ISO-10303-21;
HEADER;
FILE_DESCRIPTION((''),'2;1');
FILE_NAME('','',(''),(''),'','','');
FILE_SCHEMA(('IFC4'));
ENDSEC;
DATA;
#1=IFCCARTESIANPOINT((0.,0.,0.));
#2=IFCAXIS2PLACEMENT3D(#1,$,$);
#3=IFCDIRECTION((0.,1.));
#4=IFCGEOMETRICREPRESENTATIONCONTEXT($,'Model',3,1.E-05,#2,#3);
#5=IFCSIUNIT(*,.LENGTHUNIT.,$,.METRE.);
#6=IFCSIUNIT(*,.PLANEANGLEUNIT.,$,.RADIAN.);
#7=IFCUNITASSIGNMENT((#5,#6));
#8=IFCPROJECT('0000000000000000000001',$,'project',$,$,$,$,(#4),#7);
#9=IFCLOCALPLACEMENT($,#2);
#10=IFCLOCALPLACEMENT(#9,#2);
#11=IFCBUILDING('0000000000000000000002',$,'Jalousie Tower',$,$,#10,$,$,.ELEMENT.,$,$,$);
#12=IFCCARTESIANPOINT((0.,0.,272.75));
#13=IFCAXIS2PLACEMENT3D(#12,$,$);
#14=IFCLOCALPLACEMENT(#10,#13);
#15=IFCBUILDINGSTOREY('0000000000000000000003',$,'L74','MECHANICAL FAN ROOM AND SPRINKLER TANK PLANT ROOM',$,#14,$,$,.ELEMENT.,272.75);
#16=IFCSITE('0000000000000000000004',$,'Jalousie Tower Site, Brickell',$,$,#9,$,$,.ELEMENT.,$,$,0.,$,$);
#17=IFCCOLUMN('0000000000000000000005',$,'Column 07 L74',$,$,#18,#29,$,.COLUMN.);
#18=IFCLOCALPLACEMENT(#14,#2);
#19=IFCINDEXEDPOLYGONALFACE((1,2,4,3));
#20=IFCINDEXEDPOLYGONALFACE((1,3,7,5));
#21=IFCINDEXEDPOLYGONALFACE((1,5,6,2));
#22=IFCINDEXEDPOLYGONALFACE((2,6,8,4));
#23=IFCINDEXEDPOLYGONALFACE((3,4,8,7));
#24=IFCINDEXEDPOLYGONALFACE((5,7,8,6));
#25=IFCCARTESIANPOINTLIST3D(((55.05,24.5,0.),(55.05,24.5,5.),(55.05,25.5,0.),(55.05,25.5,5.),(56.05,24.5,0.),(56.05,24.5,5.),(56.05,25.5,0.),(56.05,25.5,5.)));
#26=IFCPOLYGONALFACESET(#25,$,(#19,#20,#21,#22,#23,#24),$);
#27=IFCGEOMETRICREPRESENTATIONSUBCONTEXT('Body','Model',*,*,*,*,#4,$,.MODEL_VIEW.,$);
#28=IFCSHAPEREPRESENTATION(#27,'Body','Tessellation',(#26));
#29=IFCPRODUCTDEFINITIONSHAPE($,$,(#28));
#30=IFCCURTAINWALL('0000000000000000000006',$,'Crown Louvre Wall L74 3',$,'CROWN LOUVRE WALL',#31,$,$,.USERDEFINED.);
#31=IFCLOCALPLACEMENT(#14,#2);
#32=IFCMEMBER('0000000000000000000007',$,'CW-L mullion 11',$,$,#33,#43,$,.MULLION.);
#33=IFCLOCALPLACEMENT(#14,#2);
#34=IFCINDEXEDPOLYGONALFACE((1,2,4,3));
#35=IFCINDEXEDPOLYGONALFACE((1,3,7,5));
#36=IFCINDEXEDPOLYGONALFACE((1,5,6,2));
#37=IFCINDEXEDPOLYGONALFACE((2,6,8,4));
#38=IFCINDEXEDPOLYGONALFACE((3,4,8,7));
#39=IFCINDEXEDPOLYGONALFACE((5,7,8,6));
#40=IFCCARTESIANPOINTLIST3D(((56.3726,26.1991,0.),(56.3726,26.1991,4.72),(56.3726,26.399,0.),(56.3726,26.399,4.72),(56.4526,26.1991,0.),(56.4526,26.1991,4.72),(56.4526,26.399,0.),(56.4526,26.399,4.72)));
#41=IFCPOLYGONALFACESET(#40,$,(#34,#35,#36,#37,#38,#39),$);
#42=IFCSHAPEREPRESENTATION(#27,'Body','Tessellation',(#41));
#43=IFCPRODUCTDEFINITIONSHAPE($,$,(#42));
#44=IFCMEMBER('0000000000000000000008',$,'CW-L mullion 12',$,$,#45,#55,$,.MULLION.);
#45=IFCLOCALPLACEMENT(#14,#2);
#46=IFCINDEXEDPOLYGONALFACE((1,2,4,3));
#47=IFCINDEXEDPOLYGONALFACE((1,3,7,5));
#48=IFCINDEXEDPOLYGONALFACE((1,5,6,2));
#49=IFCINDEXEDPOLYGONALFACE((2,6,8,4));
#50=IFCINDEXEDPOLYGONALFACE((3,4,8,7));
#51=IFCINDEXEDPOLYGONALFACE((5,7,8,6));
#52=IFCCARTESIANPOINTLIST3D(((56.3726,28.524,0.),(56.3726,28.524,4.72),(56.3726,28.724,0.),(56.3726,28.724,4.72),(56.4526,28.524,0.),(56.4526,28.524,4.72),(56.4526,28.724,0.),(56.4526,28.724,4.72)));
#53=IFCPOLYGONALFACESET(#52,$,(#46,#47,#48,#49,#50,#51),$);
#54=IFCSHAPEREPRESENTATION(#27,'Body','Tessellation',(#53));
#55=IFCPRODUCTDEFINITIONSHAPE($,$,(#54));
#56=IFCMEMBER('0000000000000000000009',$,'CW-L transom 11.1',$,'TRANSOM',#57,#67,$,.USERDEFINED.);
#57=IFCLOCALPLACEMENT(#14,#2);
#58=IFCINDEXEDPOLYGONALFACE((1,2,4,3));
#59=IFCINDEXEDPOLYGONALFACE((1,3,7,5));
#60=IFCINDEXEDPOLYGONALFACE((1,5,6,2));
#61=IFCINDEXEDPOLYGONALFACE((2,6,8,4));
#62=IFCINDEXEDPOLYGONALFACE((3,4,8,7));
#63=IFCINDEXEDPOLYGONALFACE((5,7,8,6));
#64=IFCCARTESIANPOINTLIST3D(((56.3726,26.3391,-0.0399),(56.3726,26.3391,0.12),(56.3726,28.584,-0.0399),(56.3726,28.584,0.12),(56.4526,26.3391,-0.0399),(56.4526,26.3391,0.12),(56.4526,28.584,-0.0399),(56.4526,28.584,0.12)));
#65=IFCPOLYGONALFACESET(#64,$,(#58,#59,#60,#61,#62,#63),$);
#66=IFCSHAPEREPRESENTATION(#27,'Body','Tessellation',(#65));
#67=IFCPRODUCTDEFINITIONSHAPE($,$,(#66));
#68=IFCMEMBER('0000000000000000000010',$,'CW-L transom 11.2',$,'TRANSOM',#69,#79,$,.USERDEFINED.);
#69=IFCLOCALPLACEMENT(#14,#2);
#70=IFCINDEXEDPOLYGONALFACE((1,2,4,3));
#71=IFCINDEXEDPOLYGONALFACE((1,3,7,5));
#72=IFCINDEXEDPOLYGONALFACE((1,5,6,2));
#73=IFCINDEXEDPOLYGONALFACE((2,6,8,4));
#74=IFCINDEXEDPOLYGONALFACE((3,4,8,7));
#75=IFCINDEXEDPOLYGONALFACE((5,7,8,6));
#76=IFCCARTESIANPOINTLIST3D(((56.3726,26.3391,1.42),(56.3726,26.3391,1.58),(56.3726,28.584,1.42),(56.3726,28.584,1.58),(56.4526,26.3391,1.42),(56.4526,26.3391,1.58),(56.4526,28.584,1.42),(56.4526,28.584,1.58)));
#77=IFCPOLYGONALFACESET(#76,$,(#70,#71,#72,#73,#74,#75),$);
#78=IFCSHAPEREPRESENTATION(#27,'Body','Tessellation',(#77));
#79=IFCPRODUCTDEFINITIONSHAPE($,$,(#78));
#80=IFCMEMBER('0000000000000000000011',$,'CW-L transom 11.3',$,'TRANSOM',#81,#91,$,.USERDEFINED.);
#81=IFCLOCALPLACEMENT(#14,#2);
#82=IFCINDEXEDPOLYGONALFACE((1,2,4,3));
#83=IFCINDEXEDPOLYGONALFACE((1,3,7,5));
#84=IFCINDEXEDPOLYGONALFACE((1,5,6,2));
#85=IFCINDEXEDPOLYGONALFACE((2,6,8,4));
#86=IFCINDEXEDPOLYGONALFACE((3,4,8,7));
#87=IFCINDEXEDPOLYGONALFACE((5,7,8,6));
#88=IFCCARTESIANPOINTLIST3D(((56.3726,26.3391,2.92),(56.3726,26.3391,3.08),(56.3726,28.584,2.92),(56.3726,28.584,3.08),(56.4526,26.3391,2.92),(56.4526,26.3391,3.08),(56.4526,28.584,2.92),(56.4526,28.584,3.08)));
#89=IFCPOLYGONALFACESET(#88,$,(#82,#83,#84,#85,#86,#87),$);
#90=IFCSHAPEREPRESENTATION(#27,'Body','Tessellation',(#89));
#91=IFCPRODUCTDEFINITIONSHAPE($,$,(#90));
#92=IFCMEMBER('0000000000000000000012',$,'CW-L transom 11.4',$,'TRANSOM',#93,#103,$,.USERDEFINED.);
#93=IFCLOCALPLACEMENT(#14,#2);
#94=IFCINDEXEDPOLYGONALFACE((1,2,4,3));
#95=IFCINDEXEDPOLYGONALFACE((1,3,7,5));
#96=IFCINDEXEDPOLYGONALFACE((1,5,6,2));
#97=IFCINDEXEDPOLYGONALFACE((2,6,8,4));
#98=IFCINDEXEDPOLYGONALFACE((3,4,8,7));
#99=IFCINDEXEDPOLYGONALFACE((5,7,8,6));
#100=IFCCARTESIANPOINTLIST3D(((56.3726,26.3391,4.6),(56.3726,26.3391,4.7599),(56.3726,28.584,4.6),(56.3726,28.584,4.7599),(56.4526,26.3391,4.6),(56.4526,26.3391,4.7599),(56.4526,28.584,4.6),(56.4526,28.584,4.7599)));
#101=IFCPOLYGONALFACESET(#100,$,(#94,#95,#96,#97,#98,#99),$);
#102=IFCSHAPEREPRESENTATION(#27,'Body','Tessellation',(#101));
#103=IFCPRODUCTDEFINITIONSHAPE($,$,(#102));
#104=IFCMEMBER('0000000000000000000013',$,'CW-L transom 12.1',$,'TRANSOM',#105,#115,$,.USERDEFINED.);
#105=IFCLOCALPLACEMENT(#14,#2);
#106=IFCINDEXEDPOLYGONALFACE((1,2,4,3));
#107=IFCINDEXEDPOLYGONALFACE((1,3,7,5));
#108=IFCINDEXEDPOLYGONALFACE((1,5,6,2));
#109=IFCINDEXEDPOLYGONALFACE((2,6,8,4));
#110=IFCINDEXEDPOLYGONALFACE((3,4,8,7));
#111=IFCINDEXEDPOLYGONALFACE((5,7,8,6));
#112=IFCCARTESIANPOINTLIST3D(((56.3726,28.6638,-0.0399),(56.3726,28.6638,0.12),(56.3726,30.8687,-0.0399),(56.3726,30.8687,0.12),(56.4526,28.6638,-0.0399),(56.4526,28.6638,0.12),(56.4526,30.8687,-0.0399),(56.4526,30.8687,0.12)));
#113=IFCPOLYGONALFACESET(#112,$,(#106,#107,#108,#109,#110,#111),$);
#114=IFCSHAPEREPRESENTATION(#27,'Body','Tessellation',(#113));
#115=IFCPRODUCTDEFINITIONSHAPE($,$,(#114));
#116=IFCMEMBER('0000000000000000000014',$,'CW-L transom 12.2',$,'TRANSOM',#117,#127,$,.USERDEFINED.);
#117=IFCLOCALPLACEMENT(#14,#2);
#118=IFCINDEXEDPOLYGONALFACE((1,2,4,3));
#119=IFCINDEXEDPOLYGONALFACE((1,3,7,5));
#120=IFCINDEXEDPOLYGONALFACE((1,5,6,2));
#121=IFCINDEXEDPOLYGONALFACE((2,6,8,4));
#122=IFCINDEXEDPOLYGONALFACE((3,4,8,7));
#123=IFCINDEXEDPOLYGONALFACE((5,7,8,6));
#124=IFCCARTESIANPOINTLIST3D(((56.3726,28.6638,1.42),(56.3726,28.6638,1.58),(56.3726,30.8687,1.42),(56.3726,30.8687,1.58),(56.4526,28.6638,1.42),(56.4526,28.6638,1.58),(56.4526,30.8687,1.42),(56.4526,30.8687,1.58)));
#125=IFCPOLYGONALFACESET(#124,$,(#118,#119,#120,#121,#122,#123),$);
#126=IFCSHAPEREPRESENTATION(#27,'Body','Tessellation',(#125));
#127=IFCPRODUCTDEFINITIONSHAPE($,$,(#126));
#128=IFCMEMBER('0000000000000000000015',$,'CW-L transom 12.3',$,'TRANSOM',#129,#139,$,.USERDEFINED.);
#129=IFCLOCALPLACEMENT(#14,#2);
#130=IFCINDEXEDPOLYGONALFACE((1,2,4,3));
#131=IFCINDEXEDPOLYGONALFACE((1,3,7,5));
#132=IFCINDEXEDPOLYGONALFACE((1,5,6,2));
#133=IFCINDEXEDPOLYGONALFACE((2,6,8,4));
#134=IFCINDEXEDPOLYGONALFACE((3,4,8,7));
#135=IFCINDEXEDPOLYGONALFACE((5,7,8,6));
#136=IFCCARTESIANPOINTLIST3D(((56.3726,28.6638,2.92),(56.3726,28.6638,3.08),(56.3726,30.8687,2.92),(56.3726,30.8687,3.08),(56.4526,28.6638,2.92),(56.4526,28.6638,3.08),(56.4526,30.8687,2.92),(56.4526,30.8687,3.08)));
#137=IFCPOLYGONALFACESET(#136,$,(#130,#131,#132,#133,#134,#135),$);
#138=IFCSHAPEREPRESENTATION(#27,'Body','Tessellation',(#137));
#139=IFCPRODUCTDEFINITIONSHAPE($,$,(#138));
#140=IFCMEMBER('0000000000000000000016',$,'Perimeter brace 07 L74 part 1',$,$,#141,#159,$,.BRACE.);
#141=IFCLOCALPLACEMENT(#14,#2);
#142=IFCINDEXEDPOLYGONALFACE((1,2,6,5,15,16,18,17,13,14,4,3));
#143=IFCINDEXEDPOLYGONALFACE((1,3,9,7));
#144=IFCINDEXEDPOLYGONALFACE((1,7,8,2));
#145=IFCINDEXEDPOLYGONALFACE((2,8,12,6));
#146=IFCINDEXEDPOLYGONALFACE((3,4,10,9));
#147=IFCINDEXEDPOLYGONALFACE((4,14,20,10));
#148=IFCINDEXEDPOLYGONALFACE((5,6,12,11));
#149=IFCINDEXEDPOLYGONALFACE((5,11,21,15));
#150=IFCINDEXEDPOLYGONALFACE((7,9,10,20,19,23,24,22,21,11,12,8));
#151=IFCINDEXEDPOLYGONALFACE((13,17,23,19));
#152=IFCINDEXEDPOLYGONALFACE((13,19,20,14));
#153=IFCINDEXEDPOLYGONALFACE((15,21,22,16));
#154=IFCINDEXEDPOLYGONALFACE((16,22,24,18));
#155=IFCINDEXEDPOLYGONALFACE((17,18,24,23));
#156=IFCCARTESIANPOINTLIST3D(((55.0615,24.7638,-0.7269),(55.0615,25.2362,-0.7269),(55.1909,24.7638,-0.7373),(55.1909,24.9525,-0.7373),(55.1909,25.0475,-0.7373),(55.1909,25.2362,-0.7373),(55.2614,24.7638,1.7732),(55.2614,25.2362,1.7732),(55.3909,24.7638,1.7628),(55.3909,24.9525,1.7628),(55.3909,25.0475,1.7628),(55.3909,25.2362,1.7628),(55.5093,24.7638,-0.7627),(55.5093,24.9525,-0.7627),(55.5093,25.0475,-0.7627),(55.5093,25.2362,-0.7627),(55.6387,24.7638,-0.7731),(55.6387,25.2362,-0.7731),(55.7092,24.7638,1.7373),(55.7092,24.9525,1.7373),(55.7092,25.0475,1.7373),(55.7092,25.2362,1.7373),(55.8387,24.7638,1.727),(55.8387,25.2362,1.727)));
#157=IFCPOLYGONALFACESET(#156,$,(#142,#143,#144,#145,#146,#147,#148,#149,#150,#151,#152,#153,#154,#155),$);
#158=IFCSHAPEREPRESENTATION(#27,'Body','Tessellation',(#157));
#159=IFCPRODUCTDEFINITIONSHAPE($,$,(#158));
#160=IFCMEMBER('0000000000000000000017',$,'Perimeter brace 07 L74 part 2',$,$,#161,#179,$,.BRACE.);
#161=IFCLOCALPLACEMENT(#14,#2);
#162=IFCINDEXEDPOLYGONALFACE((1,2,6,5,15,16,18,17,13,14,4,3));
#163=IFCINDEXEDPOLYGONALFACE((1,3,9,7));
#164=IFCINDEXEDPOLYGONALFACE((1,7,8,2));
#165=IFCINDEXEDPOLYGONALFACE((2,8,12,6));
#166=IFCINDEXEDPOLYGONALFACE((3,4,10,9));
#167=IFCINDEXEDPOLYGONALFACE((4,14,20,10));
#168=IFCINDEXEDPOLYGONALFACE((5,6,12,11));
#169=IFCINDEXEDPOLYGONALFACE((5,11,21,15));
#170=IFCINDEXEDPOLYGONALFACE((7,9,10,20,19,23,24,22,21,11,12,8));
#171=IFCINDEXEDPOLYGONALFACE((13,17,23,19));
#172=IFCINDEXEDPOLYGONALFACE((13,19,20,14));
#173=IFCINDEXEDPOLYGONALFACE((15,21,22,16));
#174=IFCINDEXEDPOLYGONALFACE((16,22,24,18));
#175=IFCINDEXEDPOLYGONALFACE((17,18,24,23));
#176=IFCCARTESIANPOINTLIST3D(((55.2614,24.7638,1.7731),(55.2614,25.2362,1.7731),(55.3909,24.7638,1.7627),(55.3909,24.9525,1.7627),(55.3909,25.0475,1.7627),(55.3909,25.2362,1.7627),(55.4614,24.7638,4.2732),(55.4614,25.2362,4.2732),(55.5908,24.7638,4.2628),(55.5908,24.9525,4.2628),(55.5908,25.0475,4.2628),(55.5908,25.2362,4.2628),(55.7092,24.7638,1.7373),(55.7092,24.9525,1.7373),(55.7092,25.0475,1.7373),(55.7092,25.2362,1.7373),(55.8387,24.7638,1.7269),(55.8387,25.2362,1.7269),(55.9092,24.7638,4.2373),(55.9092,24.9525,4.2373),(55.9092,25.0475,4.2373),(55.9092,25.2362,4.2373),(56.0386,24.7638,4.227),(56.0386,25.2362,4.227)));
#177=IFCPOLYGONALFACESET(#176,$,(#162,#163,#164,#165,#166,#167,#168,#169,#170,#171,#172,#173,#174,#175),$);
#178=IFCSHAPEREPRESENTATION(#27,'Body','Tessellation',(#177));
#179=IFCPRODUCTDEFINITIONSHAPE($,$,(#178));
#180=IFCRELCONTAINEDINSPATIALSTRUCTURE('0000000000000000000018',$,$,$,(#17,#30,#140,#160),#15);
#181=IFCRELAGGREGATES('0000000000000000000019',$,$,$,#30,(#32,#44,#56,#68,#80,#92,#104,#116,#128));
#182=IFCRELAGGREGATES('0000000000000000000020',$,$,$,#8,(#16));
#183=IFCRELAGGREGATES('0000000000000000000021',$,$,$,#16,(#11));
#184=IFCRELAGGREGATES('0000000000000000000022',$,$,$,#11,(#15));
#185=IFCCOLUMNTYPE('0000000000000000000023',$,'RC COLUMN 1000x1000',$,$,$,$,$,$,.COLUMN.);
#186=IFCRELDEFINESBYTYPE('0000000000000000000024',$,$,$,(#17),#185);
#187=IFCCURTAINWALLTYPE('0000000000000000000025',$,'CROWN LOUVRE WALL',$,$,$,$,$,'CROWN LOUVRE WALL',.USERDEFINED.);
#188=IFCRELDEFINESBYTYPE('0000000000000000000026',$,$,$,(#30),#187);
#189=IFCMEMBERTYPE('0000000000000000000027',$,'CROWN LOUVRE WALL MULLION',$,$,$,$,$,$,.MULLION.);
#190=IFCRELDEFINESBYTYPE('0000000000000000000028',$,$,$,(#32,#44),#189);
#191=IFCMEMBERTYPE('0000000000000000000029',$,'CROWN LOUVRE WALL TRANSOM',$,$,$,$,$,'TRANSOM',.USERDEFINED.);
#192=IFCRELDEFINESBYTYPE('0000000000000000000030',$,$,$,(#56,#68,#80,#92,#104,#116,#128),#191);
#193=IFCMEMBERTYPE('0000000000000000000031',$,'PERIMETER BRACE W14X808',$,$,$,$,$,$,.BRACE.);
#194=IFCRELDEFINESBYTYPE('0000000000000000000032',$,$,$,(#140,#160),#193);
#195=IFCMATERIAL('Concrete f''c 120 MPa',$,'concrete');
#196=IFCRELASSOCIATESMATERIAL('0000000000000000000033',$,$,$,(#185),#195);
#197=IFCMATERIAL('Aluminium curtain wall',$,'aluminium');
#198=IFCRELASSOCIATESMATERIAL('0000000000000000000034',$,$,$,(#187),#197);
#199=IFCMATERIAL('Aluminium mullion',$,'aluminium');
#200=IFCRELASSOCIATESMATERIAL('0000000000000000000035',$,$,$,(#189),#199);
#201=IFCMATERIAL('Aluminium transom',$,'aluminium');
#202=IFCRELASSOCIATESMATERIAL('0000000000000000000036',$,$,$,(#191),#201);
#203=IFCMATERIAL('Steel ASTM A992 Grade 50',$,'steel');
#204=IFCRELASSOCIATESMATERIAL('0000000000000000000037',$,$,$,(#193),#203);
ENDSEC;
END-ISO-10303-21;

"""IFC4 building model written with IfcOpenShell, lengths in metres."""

from ifc_helpers import new_model, si_unit, direction, frame, origin, origin_2d, place, context, subcontext, project, spatial, rectangle, i_section, extrude, material, material_profile, profile_set, type_object, element, aggregate, save


model = new_model("IFC4")

# Units and contexts
model_context = context("Model", 3, precision=1e-05, world=origin(), true_north=direction((0.0, 1.0)))
body_context = subcontext(model_context, "Body", "Model", "MODEL_VIEW")
ifc_project = project(units=[si_unit("LENGTHUNIT", "METRE"), si_unit("PLANEANGLEUNIT", "RADIAN")], contexts=[model_context])

# Site, building, storey
site_placement = place(None, origin())
site = spatial("IfcSite", under=ifc_project, at=site_placement, Name="Jalousie Tower Site, Brickell", CompositionType="ELEMENT", RefElevation=0.0)
building_placement = place(site_placement, origin())
building = spatial("IfcBuilding", under=site, at=building_placement, Name="Jalousie Tower", CompositionType="ELEMENT")
storey_placement = place(building_placement, frame((0.0, 0.0, 272.75)))
storey = spatial("IfcBuildingStorey", under=building, at=storey_placement, Name="L74", Description="MECHANICAL FAN ROOM AND SPRINKLER TANK PLANT ROOM", CompositionType="ELEMENT", Elevation=272.75)

# Column
ifc_material_1 = material(Name="Concrete f'c 120 MPa", Category="concrete")
ifc_material_profile_1 = material_profile(ifc_material_1, rectangle(XDim=1.0, YDim=1.0, at=origin_2d()), Name="RC 1000x1000")
ifc_profile_set_1 = profile_set([ifc_material_profile_1], Name="Concrete f'c 120 MPa")
column_type = type_object("IfcColumnType", Name="RC COLUMN 1000x1000", PredefinedType="COLUMN", material=ifc_profile_set_1)
column_placement = place(storey_placement, frame((55.55, 25.0, 0.0), z_axis=(0.0, 0.0, 1.0), x_axis=(1.0, 0.0, 0.0)))
element("IfcColumn", 1, at=column_placement, inside=storey, type_object=column_type, Name="Column 07 L74", PredefinedType="COLUMN", context=body_context, shape_type="SweptSolid", body=[
    extrude(rectangle(XDim=1.0, YDim=1.0, at=origin_2d()), origin(), (0.0, 0.0, 1.0), 5.0),
])

# Curtain wall, members
ifc_material_2 = material(Name="Aluminium curtain wall", Category="aluminium")
curtain_wall_type = type_object("IfcCurtainWallType", Name="CROWN LOUVRE WALL", ElementType="CROWN LOUVRE WALL", PredefinedType="USERDEFINED", material=ifc_material_2)
curtain_wall_placement = place(storey_placement, origin())
curtain_wall = element("IfcCurtainWall", 2, at=curtain_wall_placement, inside=storey, type_object=curtain_wall_type, Name="Crown Louvre Wall L74 3", ObjectType="CROWN LOUVRE WALL", PredefinedType="USERDEFINED")
ifc_material_3 = material(Name="Aluminium mullion", Category="aluminium")
ifc_material_profile_2 = material_profile(ifc_material_3, rectangle(XDim=0.0801, YDim=0.2, at=origin_2d()), Name="MULLION 80x200")
ifc_profile_set_2 = profile_set([ifc_material_profile_2], Name="Aluminium mullion")
member_type_1 = type_object("IfcMemberType", Name="CROWN LOUVRE WALL MULLION", PredefinedType="MULLION", material=ifc_profile_set_2)
member_1_placement = place(storey_placement, frame((56.4126, 26.2991, 0.0), z_axis=(0.0, 0.0, 1.0), x_axis=(-1.0, 0.0, 0.0)))
member_1 = element("IfcMember", 3, at=member_1_placement, type_object=member_type_1, Name="CW-L mullion 11", PredefinedType="MULLION", context=body_context, shape_type="SweptSolid", body=[
    extrude(rectangle(XDim=0.0801, YDim=0.2, at=origin_2d()), origin(), (0.0, 0.0, 1.0), 4.72),
])
member_2_placement = place(storey_placement, frame((56.4126, 28.624, 0.0), z_axis=(0.0, 0.0, 1.0), x_axis=(-1.0, 0.0, 0.0)))
member_2 = element("IfcMember", 4, at=member_2_placement, type_object=member_type_1, Name="CW-L mullion 12", PredefinedType="MULLION", context=body_context, shape_type="SweptSolid", body=[
    extrude(rectangle(XDim=0.0801, YDim=0.2, at=origin_2d()), origin(), (0.0, 0.0, 1.0), 4.72),
])
ifc_material_4 = material(Name="Aluminium transom", Category="aluminium")
ifc_material_profile_3 = material_profile(ifc_material_4, rectangle(XDim=0.0801, YDim=0.1599, at=origin_2d()), Name="TRANSOM 80x160")
ifc_profile_set_3 = profile_set([ifc_material_profile_3], Name="Aluminium transom")
member_type_2 = type_object("IfcMemberType", Name="CROWN LOUVRE WALL TRANSOM", ElementType="TRANSOM", PredefinedType="USERDEFINED", material=ifc_profile_set_3)
member_3_placement = place(storey_placement, frame((56.4126, 26.3391, 0.04), z_axis=(0.0, 1.0, 0.0), x_axis=(-1.0, 0.0, 0.0)))
member_3 = element("IfcMember", 5, at=member_3_placement, type_object=member_type_2, Name="CW-L transom 11.1", ObjectType="TRANSOM", PredefinedType="USERDEFINED", context=body_context, shape_type="SweptSolid", body=[
    extrude(rectangle(XDim=0.0801, YDim=0.1599, at=origin_2d()), origin(), (0.0, 0.0, 1.0), 2.2449),
])
member_4_placement = place(storey_placement, frame((56.4126, 26.3391, 1.5), z_axis=(0.0, 1.0, 0.0), x_axis=(-1.0, 0.0, 0.0)))
member_4 = element("IfcMember", 6, at=member_4_placement, type_object=member_type_2, Name="CW-L transom 11.2", ObjectType="TRANSOM", PredefinedType="USERDEFINED", context=body_context, shape_type="SweptSolid", body=[
    extrude(rectangle(XDim=0.0801, YDim=0.1599, at=origin_2d()), origin(), (0.0, 0.0, 1.0), 2.2449),
])
member_5_placement = place(storey_placement, frame((56.4126, 26.3391, 3.0), z_axis=(0.0, 1.0, 0.0), x_axis=(-1.0, 0.0, 0.0)))
member_5 = element("IfcMember", 7, at=member_5_placement, type_object=member_type_2, Name="CW-L transom 11.3", ObjectType="TRANSOM", PredefinedType="USERDEFINED", context=body_context, shape_type="SweptSolid", body=[
    extrude(rectangle(XDim=0.0801, YDim=0.1599, at=origin_2d()), origin(), (0.0, 0.0, 1.0), 2.2449),
])
member_6_placement = place(storey_placement, frame((56.4126, 26.3391, 4.6799), z_axis=(0.0, 1.0, 0.0), x_axis=(-1.0, 0.0, 0.0)))
member_6 = element("IfcMember", 8, at=member_6_placement, type_object=member_type_2, Name="CW-L transom 11.4", ObjectType="TRANSOM", PredefinedType="USERDEFINED", context=body_context, shape_type="SweptSolid", body=[
    extrude(rectangle(XDim=0.0801, YDim=0.1599, at=origin_2d()), origin(), (0.0, 0.0, 1.0), 2.2449),
])
member_7_placement = place(storey_placement, frame((56.4126, 28.6638, 0.04), z_axis=(0.0, 1.0, 0.0), x_axis=(-1.0, 0.0, 0.0)))
member_7 = element("IfcMember", 9, at=member_7_placement, type_object=member_type_2, Name="CW-L transom 12.1", ObjectType="TRANSOM", PredefinedType="USERDEFINED", context=body_context, shape_type="SweptSolid", body=[
    extrude(rectangle(XDim=0.0801, YDim=0.1599, at=origin_2d()), origin(), (0.0, 0.0, 1.0), 2.2048),
])
member_8_placement = place(storey_placement, frame((56.4126, 28.6638, 1.5), z_axis=(0.0, 1.0, 0.0), x_axis=(-1.0, 0.0, 0.0)))
member_8 = element("IfcMember", 10, at=member_8_placement, type_object=member_type_2, Name="CW-L transom 12.2", ObjectType="TRANSOM", PredefinedType="USERDEFINED", context=body_context, shape_type="SweptSolid", body=[
    extrude(rectangle(XDim=0.0801, YDim=0.1599, at=origin_2d()), origin(), (0.0, 0.0, 1.0), 2.2048),
])
member_9_placement = place(storey_placement, frame((56.4126, 28.6638, 3.0), z_axis=(0.0, 1.0, 0.0), x_axis=(-1.0, 0.0, 0.0)))
member_9 = element("IfcMember", 11, at=member_9_placement, type_object=member_type_2, Name="CW-L transom 12.3", ObjectType="TRANSOM", PredefinedType="USERDEFINED", context=body_context, shape_type="SweptSolid", body=[
    extrude(rectangle(XDim=0.0801, YDim=0.1599, at=origin_2d()), origin(), (0.0, 0.0, 1.0), 2.2048),
])

# Members
ifc_material_5 = material(Name="Steel ASTM A992 Grade 50", Category="steel")
ifc_material_profile_4 = material_profile(ifc_material_5, i_section(OverallWidth=0.4724, OverallDepth=0.5791, WebThickness=0.095, FlangeThickness=0.1299, at=origin_2d()), Name="W14X808")
ifc_profile_set_4 = profile_set([ifc_material_profile_4], Name="Steel ASTM A992 Grade 50")
member_type_3 = type_object("IfcMemberType", Name="PERIMETER BRACE W14X808", PredefinedType="BRACE", material=ifc_profile_set_4)
for number, where, z_axis, x_axis, name in (
    (12, (55.3501, 25.0, -0.75), (0.079726, 0.0, 0.996817), (0.0, 1.0, 0.0), "Perimeter brace 07 L74 part 1"),
    (13, (55.55, 25.0, 1.75), (0.079726, 0.0, 0.996817), (0.0, 1.0, 0.0), "Perimeter brace 07 L74 part 2"),
):
    element("IfcMember", number, at=place(storey_placement, frame(where, z_axis=z_axis, x_axis=x_axis)), inside=storey, type_object=member_type_3, Name=name, PredefinedType="BRACE", context=body_context, shape_type="SweptSolid", body=[
        extrude(i_section(OverallWidth=0.4724, OverallDepth=0.5791, WebThickness=0.095, FlangeThickness=0.1299, at=origin_2d()), origin(), (0.0, 0.0, 1.0), 2.5081),
    ])

aggregate(curtain_wall, [member_1, member_2, member_3, member_4, member_5, member_6, member_7, member_8, member_9])

save(model, "model.ifc")
